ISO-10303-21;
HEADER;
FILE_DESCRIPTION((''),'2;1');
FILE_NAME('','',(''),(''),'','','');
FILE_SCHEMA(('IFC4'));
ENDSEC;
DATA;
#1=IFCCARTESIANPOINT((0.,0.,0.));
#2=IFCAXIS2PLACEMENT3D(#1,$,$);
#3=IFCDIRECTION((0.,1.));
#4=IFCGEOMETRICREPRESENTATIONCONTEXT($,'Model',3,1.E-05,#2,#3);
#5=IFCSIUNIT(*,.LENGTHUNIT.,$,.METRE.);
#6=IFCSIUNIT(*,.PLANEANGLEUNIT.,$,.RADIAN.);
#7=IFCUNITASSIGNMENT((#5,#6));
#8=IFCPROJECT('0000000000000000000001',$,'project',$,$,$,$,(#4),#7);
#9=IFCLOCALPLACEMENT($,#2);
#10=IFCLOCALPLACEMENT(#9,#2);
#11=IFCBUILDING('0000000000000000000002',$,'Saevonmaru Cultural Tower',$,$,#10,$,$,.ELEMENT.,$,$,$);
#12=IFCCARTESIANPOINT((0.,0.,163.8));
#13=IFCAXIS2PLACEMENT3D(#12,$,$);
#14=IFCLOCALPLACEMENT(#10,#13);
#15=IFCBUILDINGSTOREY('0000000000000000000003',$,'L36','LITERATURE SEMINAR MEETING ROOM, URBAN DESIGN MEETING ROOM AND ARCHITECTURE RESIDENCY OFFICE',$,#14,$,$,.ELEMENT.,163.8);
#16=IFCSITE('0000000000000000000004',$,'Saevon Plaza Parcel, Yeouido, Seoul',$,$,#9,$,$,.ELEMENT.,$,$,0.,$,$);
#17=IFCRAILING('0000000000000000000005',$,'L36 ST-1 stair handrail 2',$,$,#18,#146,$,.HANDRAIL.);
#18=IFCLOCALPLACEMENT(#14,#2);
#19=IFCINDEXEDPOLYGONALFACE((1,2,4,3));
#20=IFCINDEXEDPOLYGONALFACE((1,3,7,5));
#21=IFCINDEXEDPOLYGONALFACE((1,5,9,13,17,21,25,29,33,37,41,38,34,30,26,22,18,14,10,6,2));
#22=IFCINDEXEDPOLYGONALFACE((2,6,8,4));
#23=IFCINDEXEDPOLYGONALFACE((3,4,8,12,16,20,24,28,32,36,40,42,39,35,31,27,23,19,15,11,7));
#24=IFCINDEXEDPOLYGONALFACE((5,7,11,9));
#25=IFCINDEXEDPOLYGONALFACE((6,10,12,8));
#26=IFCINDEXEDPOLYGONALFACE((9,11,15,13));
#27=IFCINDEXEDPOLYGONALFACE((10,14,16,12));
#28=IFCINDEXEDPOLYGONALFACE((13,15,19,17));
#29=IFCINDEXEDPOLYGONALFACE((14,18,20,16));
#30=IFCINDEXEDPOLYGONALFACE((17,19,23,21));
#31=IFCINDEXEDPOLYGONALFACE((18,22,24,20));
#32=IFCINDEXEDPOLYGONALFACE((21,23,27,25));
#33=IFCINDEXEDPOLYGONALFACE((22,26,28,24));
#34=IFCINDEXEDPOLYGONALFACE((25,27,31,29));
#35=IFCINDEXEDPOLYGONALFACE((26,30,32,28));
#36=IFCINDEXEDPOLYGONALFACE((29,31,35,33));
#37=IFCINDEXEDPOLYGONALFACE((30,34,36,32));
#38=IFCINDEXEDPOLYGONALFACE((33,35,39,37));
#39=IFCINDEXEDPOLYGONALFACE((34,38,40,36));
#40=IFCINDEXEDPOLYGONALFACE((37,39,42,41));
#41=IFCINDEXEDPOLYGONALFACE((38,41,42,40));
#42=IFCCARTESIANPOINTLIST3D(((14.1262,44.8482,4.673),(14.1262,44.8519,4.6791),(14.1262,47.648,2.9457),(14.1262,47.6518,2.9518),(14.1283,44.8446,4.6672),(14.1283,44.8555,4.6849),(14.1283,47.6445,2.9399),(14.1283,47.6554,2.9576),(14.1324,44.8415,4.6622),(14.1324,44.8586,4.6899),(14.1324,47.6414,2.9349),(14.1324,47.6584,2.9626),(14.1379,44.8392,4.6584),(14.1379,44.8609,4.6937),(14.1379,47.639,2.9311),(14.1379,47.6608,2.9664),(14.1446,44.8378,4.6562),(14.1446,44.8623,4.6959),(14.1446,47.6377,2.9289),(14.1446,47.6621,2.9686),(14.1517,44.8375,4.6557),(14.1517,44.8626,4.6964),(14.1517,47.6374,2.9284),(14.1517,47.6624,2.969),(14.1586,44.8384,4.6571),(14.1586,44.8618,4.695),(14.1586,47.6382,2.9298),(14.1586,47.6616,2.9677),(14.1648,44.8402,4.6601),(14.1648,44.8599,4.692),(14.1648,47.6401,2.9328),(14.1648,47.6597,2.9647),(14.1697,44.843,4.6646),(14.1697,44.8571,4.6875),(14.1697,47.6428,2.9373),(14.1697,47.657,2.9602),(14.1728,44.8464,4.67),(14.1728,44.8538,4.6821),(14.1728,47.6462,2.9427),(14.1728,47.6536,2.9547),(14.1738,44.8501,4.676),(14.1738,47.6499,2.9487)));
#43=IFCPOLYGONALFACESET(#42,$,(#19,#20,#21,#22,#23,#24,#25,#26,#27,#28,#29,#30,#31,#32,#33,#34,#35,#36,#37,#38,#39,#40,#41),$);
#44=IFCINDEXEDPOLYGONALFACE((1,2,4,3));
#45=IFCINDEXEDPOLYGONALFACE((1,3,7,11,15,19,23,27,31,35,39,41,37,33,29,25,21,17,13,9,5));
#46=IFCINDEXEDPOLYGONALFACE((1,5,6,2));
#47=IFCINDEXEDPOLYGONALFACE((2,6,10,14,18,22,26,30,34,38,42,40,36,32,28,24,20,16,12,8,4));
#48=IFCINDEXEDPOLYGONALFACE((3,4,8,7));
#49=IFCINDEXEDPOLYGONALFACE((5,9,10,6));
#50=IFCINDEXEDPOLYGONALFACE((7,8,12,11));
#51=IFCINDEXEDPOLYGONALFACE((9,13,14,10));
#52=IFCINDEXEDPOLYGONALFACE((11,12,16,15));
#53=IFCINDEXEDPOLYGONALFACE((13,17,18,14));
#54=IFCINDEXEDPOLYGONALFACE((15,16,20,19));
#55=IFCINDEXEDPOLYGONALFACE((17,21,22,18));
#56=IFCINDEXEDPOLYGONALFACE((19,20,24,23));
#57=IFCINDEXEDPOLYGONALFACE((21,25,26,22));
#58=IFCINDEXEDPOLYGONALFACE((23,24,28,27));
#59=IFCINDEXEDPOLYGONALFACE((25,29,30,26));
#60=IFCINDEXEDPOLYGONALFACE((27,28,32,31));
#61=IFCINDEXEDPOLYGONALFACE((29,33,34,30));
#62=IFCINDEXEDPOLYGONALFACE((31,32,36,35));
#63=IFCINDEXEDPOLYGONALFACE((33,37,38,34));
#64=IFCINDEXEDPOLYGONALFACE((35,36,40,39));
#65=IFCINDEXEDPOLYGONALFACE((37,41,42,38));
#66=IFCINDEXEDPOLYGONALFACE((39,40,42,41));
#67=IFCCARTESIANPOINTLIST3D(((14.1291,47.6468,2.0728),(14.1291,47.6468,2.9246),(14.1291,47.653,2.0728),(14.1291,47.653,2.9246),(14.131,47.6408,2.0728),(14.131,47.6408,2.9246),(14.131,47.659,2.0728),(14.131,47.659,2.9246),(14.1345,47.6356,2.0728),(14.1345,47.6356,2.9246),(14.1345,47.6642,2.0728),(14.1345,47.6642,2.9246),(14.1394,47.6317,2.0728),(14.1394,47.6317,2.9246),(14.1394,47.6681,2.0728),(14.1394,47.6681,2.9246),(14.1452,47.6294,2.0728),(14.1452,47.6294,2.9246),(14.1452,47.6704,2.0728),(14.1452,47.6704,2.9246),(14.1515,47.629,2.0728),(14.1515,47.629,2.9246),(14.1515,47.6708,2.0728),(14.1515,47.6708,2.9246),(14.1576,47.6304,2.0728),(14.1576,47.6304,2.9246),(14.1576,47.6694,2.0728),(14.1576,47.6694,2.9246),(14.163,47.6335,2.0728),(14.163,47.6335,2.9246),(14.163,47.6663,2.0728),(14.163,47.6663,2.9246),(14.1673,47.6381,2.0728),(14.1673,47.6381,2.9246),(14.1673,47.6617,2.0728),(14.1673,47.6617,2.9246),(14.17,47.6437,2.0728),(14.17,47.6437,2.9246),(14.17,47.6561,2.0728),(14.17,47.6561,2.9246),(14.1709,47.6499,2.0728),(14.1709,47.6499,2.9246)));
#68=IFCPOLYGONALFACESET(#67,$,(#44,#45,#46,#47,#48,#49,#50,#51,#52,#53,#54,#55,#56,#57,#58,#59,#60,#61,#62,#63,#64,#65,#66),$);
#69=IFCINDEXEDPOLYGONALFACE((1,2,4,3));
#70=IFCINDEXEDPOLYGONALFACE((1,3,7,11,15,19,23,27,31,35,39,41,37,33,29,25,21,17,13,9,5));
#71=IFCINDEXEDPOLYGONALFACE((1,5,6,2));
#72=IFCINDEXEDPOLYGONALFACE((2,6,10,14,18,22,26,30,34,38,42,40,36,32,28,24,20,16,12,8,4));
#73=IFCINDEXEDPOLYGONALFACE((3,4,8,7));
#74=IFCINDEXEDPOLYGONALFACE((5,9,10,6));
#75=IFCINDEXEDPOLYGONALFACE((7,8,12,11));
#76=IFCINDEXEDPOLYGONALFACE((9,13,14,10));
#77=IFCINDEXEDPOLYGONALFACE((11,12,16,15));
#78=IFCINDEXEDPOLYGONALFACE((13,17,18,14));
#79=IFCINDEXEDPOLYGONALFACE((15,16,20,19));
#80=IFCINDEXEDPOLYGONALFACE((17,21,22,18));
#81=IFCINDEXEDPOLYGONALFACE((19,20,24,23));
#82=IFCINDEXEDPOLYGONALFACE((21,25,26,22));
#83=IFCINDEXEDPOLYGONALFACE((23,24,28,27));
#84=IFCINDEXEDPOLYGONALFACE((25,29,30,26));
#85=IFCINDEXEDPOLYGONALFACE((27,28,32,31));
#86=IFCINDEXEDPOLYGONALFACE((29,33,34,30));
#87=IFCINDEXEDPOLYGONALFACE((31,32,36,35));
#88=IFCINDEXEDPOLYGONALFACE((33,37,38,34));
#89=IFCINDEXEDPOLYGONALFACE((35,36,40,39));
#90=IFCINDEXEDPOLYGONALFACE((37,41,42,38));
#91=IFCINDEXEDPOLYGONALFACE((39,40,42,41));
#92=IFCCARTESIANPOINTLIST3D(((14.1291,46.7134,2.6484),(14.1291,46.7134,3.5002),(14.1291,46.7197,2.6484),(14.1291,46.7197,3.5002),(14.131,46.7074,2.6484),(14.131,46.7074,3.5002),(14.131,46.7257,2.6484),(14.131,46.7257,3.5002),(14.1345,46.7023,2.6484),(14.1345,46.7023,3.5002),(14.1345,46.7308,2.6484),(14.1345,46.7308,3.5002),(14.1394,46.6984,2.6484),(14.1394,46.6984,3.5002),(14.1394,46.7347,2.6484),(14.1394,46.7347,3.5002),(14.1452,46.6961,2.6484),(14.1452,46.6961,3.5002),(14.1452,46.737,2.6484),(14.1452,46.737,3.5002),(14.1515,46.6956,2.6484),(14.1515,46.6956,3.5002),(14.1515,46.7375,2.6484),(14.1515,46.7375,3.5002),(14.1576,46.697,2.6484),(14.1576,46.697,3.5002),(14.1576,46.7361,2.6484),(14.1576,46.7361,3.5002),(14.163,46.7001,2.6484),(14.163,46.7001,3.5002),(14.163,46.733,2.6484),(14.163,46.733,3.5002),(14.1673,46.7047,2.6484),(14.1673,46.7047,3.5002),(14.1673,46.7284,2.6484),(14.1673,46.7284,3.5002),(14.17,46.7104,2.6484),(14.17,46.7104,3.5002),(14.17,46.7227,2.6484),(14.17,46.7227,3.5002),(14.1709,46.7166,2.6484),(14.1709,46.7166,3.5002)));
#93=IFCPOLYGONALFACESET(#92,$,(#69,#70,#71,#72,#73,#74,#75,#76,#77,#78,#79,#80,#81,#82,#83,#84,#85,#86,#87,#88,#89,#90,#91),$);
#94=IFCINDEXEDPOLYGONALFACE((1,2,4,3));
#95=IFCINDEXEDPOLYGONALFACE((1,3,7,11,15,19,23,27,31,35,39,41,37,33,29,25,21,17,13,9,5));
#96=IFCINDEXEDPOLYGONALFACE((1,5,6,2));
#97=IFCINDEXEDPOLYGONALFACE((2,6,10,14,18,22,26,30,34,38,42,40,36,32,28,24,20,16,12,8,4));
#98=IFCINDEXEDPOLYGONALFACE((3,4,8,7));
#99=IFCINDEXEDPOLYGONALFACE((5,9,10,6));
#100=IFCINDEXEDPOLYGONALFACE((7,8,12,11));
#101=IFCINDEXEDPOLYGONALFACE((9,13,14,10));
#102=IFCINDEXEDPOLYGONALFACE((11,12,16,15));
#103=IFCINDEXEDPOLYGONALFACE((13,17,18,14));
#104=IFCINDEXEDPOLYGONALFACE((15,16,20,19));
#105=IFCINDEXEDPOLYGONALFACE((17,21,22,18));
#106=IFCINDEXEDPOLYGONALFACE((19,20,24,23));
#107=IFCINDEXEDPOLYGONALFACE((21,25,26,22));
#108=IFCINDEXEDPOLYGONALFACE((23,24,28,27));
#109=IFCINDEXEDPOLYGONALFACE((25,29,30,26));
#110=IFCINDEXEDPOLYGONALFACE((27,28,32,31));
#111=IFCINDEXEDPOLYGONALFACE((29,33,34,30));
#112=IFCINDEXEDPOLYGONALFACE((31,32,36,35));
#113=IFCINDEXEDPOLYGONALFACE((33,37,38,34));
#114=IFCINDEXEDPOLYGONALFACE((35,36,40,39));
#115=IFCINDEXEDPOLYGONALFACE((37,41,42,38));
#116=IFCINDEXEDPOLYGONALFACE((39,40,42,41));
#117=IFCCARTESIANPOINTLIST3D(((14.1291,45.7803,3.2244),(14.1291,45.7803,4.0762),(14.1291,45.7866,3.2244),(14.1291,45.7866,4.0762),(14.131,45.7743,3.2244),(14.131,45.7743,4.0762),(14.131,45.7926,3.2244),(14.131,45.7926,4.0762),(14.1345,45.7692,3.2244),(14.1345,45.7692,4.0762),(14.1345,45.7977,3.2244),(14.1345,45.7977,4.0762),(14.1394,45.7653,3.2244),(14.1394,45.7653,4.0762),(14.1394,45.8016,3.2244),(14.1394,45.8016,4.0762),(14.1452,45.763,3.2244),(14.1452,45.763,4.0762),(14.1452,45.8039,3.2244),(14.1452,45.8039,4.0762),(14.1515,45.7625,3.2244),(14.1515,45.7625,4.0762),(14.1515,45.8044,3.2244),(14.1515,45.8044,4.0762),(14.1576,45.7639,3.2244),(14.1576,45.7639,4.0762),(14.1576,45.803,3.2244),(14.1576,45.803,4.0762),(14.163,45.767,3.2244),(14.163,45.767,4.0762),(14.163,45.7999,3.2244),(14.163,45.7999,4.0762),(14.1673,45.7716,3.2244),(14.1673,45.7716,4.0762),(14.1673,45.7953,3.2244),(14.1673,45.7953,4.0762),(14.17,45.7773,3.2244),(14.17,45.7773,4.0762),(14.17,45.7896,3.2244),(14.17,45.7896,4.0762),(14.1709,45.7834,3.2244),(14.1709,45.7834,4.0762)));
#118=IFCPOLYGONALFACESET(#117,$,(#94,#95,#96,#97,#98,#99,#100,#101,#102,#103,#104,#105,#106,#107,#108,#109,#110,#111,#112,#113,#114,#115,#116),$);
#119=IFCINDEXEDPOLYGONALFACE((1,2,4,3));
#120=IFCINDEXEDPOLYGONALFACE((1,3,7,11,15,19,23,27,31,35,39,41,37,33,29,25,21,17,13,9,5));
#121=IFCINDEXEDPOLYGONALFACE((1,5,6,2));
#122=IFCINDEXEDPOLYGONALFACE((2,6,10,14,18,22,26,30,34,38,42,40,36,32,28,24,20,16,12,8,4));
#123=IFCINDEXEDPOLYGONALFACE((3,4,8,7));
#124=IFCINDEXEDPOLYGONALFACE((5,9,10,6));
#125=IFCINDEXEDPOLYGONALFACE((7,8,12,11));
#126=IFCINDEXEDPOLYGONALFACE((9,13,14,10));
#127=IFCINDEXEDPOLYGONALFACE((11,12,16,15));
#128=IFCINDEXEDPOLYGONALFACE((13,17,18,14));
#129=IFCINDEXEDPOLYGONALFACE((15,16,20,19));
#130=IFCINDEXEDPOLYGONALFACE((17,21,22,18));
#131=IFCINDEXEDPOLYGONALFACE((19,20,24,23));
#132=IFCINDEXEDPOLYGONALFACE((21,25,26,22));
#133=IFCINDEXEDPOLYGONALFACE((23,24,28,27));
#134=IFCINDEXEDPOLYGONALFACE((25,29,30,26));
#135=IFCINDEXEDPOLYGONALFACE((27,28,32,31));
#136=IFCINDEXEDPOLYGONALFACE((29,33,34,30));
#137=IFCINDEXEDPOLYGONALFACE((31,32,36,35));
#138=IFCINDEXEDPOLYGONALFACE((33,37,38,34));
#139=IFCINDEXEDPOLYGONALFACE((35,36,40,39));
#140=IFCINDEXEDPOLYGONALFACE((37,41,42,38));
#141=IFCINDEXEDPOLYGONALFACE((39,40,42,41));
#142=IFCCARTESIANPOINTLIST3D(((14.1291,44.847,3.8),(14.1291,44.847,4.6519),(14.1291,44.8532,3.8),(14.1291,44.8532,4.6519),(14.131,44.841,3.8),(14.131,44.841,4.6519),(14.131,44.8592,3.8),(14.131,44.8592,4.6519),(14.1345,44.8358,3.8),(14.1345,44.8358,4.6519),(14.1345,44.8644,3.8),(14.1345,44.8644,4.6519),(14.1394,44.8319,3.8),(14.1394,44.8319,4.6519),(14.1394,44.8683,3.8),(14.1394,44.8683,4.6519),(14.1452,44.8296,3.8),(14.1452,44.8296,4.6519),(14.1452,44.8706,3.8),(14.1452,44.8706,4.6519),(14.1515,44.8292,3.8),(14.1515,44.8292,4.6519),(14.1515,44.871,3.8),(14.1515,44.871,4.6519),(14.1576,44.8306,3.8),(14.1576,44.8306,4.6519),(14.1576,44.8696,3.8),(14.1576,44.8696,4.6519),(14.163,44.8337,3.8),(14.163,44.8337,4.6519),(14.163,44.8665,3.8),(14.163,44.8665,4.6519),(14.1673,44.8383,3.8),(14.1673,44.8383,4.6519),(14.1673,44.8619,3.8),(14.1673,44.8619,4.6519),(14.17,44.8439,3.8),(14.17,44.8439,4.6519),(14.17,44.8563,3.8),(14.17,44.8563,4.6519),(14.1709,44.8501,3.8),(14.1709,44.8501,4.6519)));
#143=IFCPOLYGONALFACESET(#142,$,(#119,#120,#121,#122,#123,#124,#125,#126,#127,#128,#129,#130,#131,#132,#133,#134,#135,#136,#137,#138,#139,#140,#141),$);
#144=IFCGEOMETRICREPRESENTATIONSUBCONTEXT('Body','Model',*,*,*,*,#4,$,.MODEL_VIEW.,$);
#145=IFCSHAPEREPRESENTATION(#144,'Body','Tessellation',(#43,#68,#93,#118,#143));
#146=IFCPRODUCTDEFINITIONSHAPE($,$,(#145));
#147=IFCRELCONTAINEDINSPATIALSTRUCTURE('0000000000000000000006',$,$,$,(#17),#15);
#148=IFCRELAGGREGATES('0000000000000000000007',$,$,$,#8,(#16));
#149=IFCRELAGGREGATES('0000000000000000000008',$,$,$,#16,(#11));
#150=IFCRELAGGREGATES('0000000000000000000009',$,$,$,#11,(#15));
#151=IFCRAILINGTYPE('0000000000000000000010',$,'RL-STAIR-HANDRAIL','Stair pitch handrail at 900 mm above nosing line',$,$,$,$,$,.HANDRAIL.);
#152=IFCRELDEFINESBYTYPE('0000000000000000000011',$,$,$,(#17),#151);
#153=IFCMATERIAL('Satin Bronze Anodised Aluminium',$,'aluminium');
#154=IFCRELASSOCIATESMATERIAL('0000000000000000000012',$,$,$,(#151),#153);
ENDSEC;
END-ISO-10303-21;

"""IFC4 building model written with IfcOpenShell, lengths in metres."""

from ifc_helpers import new_model, si_unit, direction, frame, origin, origin_2d, place, context, subcontext, project, spatial, circle, extrude, material, type_object, element, save


model = new_model("IFC4")

# Units and contexts
model_context = context("Model", 3, precision=1e-05, world=origin(), true_north=direction((0.0, 1.0)))
body_context = subcontext(model_context, "Body", "Model", "MODEL_VIEW")
ifc_project = project(units=[si_unit("LENGTHUNIT", "METRE"), si_unit("PLANEANGLEUNIT", "RADIAN")], contexts=[model_context])

# Site, building, storey
site_placement = place(None, origin())
site = spatial("IfcSite", under=ifc_project, at=site_placement, Name="Saevon Plaza Parcel, Yeouido, Seoul", CompositionType="ELEMENT", RefElevation=0.0)
building_placement = place(site_placement, origin())
building = spatial("IfcBuilding", under=site, at=building_placement, Name="Saevonmaru Cultural Tower", CompositionType="ELEMENT")
storey_placement = place(building_placement, frame((0.0, 0.0, 163.8)))
storey = spatial("IfcBuildingStorey", under=building, at=storey_placement, Name="L36", Description="LITERATURE SEMINAR MEETING ROOM, URBAN DESIGN MEETING ROOM AND ARCHITECTURE RESIDENCY OFFICE", CompositionType="ELEMENT", Elevation=163.8)

# Shared definitions
ifc_material_1 = material(Name="Satin Bronze Anodised Aluminium", Category="aluminium")

# Railing
railing_type_1 = type_object("IfcRailingType", Name="RL-STAIR-HANDRAIL", Description="Stair pitch handrail at 900 mm above nosing line", PredefinedType="HANDRAIL", material=ifc_material_1)
railing_1_placement = place(storey_placement, frame((14.1499, 47.6499, 2.0728)))
element("IfcRailing", 1, at=railing_1_placement, inside=storey, type_object=railing_type_1, Name="L36 ST-1 stair handrail 2", PredefinedType="HANDRAIL", context=body_context, shape_type="SweptSolid", body=[
    extrude(circle(Radius=0.0239, at=origin_2d()), frame((0.0, 0.0, 0.876), z_axis=(0.0, -0.851069, 0.525054), x_axis=(1.0, 0.0, 0.0)), (0.0, 0.0, 1.0), 3.2898),
    extrude(circle(Radius=0.021, at=origin_2d()), origin(), (0.0, 0.0, 1.0), 0.8518),
    extrude(circle(Radius=0.021, at=origin_2d()), frame((0.0, -0.9333, 0.5757)), (0.0, 0.0, 1.0), 0.8518),
    extrude(circle(Radius=0.021, at=origin_2d()), frame((0.0, -1.8665, 1.1516)), (0.0, 0.0, 1.0), 0.8518),
    extrude(circle(Radius=0.021, at=origin_2d()), frame((0.0, -2.7998, 1.7273)), (0.0, 0.0, 1.0), 0.8518),
])

save(model, "model.ifc")
